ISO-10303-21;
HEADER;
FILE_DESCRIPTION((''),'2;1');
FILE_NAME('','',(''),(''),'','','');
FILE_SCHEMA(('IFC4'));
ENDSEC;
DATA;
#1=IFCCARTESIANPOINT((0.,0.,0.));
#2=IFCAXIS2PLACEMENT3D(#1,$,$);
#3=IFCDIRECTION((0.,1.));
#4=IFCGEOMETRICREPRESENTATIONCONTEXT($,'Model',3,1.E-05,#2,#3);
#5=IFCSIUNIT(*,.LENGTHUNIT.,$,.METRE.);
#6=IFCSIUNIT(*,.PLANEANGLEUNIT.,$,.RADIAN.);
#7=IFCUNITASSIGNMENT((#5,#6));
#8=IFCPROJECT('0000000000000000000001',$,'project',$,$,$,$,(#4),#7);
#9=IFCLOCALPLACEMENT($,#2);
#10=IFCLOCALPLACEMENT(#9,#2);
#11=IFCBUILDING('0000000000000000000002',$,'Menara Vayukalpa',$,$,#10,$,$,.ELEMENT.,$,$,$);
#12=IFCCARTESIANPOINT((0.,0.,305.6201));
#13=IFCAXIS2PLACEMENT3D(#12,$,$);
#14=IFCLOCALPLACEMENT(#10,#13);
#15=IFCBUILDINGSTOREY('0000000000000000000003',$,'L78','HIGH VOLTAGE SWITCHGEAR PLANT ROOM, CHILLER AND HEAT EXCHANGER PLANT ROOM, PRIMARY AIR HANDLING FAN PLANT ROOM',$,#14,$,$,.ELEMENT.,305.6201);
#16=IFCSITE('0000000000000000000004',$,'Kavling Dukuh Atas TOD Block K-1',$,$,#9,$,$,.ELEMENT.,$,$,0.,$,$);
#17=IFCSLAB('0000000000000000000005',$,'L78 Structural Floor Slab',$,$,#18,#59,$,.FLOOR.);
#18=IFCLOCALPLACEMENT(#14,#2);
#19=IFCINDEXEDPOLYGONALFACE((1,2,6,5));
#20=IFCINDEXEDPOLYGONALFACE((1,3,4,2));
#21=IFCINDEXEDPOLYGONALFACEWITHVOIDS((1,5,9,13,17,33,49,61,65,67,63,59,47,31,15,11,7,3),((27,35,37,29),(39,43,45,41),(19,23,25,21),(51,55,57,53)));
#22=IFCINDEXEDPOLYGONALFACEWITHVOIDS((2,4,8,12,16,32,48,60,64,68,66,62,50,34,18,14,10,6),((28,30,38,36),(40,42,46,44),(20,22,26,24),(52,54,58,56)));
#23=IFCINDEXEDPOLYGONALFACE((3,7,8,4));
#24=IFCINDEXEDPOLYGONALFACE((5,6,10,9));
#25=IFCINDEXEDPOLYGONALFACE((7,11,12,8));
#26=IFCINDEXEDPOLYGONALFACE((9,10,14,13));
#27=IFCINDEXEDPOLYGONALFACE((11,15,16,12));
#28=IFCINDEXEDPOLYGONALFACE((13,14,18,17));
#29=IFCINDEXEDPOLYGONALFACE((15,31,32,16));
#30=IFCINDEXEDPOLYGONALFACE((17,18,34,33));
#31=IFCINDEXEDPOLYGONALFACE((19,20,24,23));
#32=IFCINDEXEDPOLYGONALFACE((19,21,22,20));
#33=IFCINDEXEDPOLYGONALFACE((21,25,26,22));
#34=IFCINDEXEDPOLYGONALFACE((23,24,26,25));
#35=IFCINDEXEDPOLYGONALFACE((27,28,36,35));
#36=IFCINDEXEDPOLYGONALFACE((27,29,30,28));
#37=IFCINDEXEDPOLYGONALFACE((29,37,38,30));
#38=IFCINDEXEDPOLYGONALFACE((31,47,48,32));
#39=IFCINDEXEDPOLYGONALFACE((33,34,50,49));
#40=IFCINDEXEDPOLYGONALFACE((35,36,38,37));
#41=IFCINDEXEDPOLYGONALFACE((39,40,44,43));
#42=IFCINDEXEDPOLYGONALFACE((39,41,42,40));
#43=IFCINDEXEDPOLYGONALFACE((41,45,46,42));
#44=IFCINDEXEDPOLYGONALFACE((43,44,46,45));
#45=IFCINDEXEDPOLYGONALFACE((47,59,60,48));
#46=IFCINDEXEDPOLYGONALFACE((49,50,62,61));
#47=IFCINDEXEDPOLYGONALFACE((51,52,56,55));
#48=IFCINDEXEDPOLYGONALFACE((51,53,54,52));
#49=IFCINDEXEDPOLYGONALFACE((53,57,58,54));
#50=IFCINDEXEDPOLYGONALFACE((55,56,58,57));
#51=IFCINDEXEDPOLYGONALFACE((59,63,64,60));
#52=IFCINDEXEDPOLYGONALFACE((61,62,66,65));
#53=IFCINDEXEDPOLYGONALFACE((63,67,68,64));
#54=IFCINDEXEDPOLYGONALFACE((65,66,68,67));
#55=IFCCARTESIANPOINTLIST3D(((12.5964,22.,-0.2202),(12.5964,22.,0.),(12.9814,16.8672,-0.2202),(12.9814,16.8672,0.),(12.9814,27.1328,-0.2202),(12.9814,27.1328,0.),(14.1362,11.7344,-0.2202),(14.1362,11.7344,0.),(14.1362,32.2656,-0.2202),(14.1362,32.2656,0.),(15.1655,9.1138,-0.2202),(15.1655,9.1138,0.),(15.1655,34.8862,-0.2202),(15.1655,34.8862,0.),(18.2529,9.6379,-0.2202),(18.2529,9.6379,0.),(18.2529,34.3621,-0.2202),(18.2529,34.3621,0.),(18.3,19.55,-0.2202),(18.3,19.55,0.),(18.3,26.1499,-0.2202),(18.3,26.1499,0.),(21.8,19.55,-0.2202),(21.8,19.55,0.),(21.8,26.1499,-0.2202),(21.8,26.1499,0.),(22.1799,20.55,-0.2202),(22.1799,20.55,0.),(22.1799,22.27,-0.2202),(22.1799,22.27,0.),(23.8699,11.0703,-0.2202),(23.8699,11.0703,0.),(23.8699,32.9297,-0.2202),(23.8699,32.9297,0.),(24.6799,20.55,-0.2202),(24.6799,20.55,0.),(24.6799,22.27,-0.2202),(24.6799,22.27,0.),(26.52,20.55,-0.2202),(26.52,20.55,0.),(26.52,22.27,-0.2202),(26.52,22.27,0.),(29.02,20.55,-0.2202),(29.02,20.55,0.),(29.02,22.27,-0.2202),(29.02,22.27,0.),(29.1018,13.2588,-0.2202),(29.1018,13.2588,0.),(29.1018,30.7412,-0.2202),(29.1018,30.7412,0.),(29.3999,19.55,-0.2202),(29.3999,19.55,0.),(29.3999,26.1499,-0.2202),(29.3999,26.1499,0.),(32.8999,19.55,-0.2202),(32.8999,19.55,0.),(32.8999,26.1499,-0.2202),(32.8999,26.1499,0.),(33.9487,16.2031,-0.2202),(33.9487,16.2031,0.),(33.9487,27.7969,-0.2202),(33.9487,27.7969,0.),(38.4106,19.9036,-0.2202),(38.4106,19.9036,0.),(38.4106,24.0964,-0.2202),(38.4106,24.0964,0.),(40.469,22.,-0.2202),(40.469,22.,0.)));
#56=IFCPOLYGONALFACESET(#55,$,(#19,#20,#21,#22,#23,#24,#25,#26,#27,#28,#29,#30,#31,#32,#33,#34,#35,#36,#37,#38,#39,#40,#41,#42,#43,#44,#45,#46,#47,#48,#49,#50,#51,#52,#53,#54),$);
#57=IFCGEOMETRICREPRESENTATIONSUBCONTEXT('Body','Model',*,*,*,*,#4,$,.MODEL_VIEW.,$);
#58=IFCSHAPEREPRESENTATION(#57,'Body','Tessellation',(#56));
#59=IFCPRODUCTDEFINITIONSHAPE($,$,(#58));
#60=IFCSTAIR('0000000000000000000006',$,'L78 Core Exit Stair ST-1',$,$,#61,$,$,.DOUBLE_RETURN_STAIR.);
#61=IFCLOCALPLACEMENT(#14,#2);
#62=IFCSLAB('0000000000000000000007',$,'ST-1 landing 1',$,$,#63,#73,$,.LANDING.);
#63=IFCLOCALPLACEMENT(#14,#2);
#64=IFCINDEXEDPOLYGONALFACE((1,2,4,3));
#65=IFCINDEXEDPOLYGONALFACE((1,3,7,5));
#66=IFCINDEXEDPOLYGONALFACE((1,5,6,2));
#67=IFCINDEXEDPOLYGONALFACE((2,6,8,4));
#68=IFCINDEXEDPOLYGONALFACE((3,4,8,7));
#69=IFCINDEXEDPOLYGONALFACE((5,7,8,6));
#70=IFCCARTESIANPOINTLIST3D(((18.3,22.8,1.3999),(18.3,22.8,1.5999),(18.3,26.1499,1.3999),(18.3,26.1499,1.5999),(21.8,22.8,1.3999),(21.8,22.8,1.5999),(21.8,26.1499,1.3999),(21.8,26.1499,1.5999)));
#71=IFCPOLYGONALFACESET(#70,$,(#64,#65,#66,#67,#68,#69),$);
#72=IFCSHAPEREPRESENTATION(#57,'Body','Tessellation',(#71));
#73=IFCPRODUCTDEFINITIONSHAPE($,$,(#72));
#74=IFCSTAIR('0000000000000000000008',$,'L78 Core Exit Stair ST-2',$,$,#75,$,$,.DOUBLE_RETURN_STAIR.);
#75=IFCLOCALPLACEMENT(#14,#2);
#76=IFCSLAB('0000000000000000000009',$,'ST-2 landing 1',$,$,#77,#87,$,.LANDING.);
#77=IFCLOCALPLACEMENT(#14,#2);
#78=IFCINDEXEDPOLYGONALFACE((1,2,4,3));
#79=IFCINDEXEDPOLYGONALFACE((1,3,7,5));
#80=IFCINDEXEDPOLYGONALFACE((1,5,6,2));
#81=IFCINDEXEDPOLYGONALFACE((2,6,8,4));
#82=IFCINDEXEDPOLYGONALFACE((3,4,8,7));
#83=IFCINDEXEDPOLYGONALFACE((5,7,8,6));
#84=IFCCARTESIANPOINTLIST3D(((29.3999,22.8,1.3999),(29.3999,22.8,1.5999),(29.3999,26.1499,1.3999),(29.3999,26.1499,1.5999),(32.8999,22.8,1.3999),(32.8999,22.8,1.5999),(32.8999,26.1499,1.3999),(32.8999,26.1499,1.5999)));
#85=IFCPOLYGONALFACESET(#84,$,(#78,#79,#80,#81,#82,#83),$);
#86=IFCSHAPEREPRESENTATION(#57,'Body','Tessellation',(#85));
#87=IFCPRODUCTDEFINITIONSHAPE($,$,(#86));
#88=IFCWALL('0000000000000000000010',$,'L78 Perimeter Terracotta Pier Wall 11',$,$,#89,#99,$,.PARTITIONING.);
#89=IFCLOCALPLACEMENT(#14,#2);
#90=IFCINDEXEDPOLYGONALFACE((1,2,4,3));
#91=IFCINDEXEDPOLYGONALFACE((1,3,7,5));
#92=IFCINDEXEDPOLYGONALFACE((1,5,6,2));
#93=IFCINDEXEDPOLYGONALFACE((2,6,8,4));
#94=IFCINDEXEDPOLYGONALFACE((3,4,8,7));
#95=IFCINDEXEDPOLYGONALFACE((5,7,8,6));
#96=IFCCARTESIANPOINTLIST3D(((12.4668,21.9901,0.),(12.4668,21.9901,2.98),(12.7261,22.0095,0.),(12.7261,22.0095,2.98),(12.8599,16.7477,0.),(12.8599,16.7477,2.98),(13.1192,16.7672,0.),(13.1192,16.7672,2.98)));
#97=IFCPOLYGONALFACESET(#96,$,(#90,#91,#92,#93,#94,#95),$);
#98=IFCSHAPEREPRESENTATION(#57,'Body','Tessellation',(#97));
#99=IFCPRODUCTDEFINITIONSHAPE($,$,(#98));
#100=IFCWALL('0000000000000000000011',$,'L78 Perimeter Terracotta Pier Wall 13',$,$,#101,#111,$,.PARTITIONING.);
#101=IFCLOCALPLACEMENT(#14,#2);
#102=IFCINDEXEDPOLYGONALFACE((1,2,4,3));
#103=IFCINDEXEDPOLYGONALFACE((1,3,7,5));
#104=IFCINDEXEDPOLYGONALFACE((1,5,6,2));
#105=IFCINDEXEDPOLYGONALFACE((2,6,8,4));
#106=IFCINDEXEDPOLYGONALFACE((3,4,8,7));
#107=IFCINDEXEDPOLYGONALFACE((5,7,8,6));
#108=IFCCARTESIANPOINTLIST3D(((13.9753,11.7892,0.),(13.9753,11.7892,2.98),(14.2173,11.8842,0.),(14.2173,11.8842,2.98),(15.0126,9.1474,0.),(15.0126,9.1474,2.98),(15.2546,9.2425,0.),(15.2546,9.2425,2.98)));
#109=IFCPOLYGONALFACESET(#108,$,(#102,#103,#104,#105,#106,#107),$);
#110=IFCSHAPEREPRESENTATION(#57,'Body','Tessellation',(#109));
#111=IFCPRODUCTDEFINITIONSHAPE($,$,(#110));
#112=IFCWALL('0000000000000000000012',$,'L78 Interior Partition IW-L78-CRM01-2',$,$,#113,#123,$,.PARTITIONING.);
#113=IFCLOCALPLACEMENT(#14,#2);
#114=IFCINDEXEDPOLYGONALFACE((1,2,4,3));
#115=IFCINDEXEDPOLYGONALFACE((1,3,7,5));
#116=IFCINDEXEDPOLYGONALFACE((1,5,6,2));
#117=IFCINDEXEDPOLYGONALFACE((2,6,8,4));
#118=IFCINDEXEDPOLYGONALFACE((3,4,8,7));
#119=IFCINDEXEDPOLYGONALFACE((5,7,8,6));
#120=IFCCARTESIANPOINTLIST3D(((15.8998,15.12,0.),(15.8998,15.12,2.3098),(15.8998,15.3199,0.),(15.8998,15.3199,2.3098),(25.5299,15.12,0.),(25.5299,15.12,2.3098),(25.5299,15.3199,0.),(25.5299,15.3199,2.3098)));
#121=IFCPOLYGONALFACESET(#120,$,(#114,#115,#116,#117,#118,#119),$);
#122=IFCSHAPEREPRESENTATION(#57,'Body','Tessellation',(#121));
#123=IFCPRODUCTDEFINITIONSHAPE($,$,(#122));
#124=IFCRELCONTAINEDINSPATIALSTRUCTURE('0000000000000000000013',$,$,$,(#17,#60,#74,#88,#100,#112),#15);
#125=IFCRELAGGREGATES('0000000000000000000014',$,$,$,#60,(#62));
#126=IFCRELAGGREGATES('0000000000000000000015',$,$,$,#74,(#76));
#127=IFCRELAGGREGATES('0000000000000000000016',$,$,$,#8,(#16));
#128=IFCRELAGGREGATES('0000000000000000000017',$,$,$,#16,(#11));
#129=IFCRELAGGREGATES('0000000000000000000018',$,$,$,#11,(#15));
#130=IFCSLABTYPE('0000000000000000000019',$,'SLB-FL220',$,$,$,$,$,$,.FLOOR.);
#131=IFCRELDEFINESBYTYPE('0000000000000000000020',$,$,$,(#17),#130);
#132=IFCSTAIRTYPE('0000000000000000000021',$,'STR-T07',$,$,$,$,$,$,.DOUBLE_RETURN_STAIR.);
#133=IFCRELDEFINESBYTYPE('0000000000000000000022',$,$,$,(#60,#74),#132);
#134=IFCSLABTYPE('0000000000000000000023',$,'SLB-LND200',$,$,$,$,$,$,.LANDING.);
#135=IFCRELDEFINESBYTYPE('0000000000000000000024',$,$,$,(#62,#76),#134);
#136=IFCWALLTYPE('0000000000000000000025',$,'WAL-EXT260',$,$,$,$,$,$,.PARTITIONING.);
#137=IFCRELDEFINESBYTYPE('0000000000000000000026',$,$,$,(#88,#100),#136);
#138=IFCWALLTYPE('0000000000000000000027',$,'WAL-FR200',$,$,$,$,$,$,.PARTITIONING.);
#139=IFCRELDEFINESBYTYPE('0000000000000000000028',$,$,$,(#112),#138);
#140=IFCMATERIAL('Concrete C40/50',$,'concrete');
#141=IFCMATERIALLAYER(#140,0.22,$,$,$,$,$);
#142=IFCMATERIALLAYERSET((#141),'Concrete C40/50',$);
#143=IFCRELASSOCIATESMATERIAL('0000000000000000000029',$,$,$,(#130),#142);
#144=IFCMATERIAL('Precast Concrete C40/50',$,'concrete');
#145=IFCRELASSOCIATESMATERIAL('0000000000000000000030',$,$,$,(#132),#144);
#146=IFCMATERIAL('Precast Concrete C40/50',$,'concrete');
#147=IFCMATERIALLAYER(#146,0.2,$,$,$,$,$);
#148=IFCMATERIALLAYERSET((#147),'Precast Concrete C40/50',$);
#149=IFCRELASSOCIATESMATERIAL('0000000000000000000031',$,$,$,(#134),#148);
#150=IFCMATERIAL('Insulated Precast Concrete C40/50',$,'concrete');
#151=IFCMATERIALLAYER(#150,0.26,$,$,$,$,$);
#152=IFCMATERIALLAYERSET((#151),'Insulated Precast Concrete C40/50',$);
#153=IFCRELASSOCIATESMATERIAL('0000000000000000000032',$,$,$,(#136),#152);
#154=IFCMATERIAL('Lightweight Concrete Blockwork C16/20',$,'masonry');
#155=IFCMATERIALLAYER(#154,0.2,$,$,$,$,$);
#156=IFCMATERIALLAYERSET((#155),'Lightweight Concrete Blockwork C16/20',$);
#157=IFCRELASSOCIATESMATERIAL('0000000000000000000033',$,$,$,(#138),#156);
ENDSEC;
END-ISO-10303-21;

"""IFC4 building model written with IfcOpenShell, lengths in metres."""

from ifc_helpers import new_model, si_unit, direction, frame, frame_2d, origin, place, context, subcontext, project, spatial, polyline, rectangle, outline, extrude, material, layer, layer_set, type_object, element, aggregate, save


model = new_model("IFC4")

# Units and contexts
model_context = context("Model", 3, precision=1e-05, world=origin(), true_north=direction((0.0, 1.0)))
body_context = subcontext(model_context, "Body", "Model", "MODEL_VIEW")
ifc_project = project(units=[si_unit("LENGTHUNIT", "METRE"), si_unit("PLANEANGLEUNIT", "RADIAN")], contexts=[model_context])

# Site, building, storey
site_placement = place(None, origin())
site = spatial("IfcSite", under=ifc_project, at=site_placement, Name="Kavling Dukuh Atas TOD Block K-1", CompositionType="ELEMENT", RefElevation=0.0)
building_placement = place(site_placement, origin())
building = spatial("IfcBuilding", under=site, at=building_placement, Name="Menara Vayukalpa", CompositionType="ELEMENT")
storey_placement = place(building_placement, frame((0.0, 0.0, 305.6201)))
storey = spatial("IfcBuildingStorey", under=building, at=storey_placement, Name="L78", Description="HIGH VOLTAGE SWITCHGEAR PLANT ROOM, CHILLER AND HEAT EXCHANGER PLANT ROOM, PRIMARY AIR HANDLING FAN PLANT ROOM", CompositionType="ELEMENT", Elevation=305.6201)

# Slab
ifc_material_1 = material(Name="Concrete C40/50", Category="concrete")
ifc_layer_1 = layer(ifc_material_1, 0.22)
ifc_layer_set_1 = layer_set([ifc_layer_1], Name="Concrete C40/50")
slab_type_1 = type_object("IfcSlabType", Name="SLB-FL220", PredefinedType="FLOOR", material=ifc_layer_set_1)
slab_1_placement = place(storey_placement, frame((0.0, 0.0, -0.2202)))
element("IfcSlab", 1, at=slab_1_placement, inside=storey, type_object=slab_type_1, Name="L78 Structural Floor Slab", PredefinedType="FLOOR", context=body_context, shape_type="SweptSolid", body=[
    extrude(outline(polyline([(38.4106, 19.9036), (40.469, 22.0), (38.4106, 24.0964), (33.9487, 27.7969), (29.1018, 30.7412), (23.8699, 32.9297), (18.2529, 34.3621), (15.1655, 34.8862), (14.1362, 32.2656), (12.9814, 27.1328), (12.5964, 22.0), (12.9814, 16.8672), (14.1362, 11.7344), (15.1655, 9.1138), (18.2529, 9.6379), (23.8699, 11.0703), (29.1018, 13.2588), (33.9487, 16.2031), (38.4106, 19.9036)]), holes=[polyline([(21.8, 19.55), (21.8, 26.1499), (18.3, 26.1499), (18.3, 19.55), (21.8, 19.55)]), polyline([(32.8999, 19.55), (32.8999, 26.1499), (29.3999, 26.1499), (29.3999, 19.55), (32.8999, 19.55)]), polyline([(22.1799, 20.55), (24.6799, 20.55), (24.6799, 22.27), (22.1799, 22.27), (22.1799, 20.55)]), polyline([(26.52, 20.55), (29.02, 20.55), (29.02, 22.27), (26.52, 22.27), (26.52, 20.55)])]), origin(), (0.0, 0.0, 1.0), 0.2202),
])

# Stairs, slabs
ifc_material_2 = material(Name="Precast Concrete C40/50", Category="concrete")
stair_type = type_object("IfcStairType", Name="STR-T07", PredefinedType="DOUBLE_RETURN_STAIR", material=ifc_material_2)
stair_1_placement = place(storey_placement, origin())
stair_1 = element("IfcStair", 2, at=stair_1_placement, inside=storey, type_object=stair_type, Name="L78 Core Exit Stair ST-1", PredefinedType="DOUBLE_RETURN_STAIR")
ifc_material_3 = material(Name="Precast Concrete C40/50", Category="concrete")
ifc_layer_2 = layer(ifc_material_3, 0.2)
ifc_layer_set_2 = layer_set([ifc_layer_2], Name="Precast Concrete C40/50")
slab_type_2 = type_object("IfcSlabType", Name="SLB-LND200", PredefinedType="LANDING", material=ifc_layer_set_2)
slab_2_placement = place(storey_placement, frame((0.0, 0.0, 1.3999)))
slab_2 = element("IfcSlab", 3, at=slab_2_placement, type_object=slab_type_2, Name="ST-1 landing 1", PredefinedType="LANDING", context=body_context, shape_type="SweptSolid", body=[
    extrude(outline(polyline([(21.8, 22.8), (21.8, 26.1499), (18.3, 26.1499), (18.3, 22.8), (21.8, 22.8)])), origin(), (0.0, 0.0, 1.0), 0.2),
])
aggregate(stair_1, [slab_2])
stair_2_placement = place(storey_placement, origin())
stair_2 = element("IfcStair", 4, at=stair_2_placement, inside=storey, type_object=stair_type, Name="L78 Core Exit Stair ST-2", PredefinedType="DOUBLE_RETURN_STAIR")
slab_3_placement = place(storey_placement, frame((0.0, 0.0, 1.3999)))
slab_3 = element("IfcSlab", 5, at=slab_3_placement, type_object=slab_type_2, Name="ST-2 landing 1", PredefinedType="LANDING", context=body_context, shape_type="SweptSolid", body=[
    extrude(outline(polyline([(32.8999, 22.8), (32.8999, 26.1499), (29.3999, 26.1499), (29.3999, 22.8), (32.8999, 22.8)])), origin(), (0.0, 0.0, 1.0), 0.2),
])
aggregate(stair_2, [slab_3])

# Walls
ifc_material_4 = material(Name="Insulated Precast Concrete C40/50", Category="concrete")
ifc_layer_3 = layer(ifc_material_4, 0.26)
ifc_layer_set_3 = layer_set([ifc_layer_3], Name="Insulated Precast Concrete C40/50")
wall_type_1 = type_object("IfcWallType", Name="WAL-EXT260", PredefinedType="PARTITIONING", material=ifc_layer_set_3)
wall_1_placement = place(storey_placement, frame((12.9895, 16.7576, 0.0), z_axis=(0.0, 0.0, 1.0), x_axis=(-0.074768, 0.997201, 0.0)))
element("IfcWall", 6, at=wall_1_placement, inside=storey, type_object=wall_type_1, Name="L78 Perimeter Terracotta Pier Wall 11", PredefinedType="PARTITIONING", context=body_context, shape_type="SweptSolid", body=[
    extrude(rectangle(XDim=5.2571, YDim=0.26, at=frame_2d((2.6284, 0.0))), origin(), (0.0, 0.0, 1.0), 2.98),
])
wall_2_placement = place(storey_placement, frame((15.1335, 9.1951, 0.0), z_axis=(0.0, 0.0, 1.0), x_axis=(-0.365495, 0.930813, 0.0)))
element("IfcWall", 7, at=wall_2_placement, inside=storey, type_object=wall_type_1, Name="L78 Perimeter Terracotta Pier Wall 13", PredefinedType="PARTITIONING", context=body_context, shape_type="SweptSolid", body=[
    extrude(rectangle(XDim=2.8381, YDim=0.26, at=frame_2d((1.4189, 0.0))), origin(), (0.0, 0.0, 1.0), 2.98),
])
ifc_material_5 = material(Name="Lightweight Concrete Blockwork C16/20", Category="masonry")
ifc_layer_4 = layer(ifc_material_5, 0.2)
ifc_layer_set_4 = layer_set([ifc_layer_4], Name="Lightweight Concrete Blockwork C16/20")
wall_type_2 = type_object("IfcWallType", Name="WAL-FR200", PredefinedType="PARTITIONING", material=ifc_layer_set_4)
wall_3_placement = place(storey_placement, frame((15.8999, 15.22, 0.0), z_axis=(0.0, 0.0, 1.0), x_axis=(1.0, 0.0, 0.0)))
element("IfcWall", 8, at=wall_3_placement, inside=storey, type_object=wall_type_2, Name="L78 Interior Partition IW-L78-CRM01-2", PredefinedType="PARTITIONING", context=body_context, shape_type="SweptSolid", body=[
    extrude(rectangle(XDim=9.6301, YDim=0.2, at=frame_2d((4.8149, 0.0))), origin(), (0.0, 0.0, 1.0), 2.3098),
])

save(model, "model.ifc")
